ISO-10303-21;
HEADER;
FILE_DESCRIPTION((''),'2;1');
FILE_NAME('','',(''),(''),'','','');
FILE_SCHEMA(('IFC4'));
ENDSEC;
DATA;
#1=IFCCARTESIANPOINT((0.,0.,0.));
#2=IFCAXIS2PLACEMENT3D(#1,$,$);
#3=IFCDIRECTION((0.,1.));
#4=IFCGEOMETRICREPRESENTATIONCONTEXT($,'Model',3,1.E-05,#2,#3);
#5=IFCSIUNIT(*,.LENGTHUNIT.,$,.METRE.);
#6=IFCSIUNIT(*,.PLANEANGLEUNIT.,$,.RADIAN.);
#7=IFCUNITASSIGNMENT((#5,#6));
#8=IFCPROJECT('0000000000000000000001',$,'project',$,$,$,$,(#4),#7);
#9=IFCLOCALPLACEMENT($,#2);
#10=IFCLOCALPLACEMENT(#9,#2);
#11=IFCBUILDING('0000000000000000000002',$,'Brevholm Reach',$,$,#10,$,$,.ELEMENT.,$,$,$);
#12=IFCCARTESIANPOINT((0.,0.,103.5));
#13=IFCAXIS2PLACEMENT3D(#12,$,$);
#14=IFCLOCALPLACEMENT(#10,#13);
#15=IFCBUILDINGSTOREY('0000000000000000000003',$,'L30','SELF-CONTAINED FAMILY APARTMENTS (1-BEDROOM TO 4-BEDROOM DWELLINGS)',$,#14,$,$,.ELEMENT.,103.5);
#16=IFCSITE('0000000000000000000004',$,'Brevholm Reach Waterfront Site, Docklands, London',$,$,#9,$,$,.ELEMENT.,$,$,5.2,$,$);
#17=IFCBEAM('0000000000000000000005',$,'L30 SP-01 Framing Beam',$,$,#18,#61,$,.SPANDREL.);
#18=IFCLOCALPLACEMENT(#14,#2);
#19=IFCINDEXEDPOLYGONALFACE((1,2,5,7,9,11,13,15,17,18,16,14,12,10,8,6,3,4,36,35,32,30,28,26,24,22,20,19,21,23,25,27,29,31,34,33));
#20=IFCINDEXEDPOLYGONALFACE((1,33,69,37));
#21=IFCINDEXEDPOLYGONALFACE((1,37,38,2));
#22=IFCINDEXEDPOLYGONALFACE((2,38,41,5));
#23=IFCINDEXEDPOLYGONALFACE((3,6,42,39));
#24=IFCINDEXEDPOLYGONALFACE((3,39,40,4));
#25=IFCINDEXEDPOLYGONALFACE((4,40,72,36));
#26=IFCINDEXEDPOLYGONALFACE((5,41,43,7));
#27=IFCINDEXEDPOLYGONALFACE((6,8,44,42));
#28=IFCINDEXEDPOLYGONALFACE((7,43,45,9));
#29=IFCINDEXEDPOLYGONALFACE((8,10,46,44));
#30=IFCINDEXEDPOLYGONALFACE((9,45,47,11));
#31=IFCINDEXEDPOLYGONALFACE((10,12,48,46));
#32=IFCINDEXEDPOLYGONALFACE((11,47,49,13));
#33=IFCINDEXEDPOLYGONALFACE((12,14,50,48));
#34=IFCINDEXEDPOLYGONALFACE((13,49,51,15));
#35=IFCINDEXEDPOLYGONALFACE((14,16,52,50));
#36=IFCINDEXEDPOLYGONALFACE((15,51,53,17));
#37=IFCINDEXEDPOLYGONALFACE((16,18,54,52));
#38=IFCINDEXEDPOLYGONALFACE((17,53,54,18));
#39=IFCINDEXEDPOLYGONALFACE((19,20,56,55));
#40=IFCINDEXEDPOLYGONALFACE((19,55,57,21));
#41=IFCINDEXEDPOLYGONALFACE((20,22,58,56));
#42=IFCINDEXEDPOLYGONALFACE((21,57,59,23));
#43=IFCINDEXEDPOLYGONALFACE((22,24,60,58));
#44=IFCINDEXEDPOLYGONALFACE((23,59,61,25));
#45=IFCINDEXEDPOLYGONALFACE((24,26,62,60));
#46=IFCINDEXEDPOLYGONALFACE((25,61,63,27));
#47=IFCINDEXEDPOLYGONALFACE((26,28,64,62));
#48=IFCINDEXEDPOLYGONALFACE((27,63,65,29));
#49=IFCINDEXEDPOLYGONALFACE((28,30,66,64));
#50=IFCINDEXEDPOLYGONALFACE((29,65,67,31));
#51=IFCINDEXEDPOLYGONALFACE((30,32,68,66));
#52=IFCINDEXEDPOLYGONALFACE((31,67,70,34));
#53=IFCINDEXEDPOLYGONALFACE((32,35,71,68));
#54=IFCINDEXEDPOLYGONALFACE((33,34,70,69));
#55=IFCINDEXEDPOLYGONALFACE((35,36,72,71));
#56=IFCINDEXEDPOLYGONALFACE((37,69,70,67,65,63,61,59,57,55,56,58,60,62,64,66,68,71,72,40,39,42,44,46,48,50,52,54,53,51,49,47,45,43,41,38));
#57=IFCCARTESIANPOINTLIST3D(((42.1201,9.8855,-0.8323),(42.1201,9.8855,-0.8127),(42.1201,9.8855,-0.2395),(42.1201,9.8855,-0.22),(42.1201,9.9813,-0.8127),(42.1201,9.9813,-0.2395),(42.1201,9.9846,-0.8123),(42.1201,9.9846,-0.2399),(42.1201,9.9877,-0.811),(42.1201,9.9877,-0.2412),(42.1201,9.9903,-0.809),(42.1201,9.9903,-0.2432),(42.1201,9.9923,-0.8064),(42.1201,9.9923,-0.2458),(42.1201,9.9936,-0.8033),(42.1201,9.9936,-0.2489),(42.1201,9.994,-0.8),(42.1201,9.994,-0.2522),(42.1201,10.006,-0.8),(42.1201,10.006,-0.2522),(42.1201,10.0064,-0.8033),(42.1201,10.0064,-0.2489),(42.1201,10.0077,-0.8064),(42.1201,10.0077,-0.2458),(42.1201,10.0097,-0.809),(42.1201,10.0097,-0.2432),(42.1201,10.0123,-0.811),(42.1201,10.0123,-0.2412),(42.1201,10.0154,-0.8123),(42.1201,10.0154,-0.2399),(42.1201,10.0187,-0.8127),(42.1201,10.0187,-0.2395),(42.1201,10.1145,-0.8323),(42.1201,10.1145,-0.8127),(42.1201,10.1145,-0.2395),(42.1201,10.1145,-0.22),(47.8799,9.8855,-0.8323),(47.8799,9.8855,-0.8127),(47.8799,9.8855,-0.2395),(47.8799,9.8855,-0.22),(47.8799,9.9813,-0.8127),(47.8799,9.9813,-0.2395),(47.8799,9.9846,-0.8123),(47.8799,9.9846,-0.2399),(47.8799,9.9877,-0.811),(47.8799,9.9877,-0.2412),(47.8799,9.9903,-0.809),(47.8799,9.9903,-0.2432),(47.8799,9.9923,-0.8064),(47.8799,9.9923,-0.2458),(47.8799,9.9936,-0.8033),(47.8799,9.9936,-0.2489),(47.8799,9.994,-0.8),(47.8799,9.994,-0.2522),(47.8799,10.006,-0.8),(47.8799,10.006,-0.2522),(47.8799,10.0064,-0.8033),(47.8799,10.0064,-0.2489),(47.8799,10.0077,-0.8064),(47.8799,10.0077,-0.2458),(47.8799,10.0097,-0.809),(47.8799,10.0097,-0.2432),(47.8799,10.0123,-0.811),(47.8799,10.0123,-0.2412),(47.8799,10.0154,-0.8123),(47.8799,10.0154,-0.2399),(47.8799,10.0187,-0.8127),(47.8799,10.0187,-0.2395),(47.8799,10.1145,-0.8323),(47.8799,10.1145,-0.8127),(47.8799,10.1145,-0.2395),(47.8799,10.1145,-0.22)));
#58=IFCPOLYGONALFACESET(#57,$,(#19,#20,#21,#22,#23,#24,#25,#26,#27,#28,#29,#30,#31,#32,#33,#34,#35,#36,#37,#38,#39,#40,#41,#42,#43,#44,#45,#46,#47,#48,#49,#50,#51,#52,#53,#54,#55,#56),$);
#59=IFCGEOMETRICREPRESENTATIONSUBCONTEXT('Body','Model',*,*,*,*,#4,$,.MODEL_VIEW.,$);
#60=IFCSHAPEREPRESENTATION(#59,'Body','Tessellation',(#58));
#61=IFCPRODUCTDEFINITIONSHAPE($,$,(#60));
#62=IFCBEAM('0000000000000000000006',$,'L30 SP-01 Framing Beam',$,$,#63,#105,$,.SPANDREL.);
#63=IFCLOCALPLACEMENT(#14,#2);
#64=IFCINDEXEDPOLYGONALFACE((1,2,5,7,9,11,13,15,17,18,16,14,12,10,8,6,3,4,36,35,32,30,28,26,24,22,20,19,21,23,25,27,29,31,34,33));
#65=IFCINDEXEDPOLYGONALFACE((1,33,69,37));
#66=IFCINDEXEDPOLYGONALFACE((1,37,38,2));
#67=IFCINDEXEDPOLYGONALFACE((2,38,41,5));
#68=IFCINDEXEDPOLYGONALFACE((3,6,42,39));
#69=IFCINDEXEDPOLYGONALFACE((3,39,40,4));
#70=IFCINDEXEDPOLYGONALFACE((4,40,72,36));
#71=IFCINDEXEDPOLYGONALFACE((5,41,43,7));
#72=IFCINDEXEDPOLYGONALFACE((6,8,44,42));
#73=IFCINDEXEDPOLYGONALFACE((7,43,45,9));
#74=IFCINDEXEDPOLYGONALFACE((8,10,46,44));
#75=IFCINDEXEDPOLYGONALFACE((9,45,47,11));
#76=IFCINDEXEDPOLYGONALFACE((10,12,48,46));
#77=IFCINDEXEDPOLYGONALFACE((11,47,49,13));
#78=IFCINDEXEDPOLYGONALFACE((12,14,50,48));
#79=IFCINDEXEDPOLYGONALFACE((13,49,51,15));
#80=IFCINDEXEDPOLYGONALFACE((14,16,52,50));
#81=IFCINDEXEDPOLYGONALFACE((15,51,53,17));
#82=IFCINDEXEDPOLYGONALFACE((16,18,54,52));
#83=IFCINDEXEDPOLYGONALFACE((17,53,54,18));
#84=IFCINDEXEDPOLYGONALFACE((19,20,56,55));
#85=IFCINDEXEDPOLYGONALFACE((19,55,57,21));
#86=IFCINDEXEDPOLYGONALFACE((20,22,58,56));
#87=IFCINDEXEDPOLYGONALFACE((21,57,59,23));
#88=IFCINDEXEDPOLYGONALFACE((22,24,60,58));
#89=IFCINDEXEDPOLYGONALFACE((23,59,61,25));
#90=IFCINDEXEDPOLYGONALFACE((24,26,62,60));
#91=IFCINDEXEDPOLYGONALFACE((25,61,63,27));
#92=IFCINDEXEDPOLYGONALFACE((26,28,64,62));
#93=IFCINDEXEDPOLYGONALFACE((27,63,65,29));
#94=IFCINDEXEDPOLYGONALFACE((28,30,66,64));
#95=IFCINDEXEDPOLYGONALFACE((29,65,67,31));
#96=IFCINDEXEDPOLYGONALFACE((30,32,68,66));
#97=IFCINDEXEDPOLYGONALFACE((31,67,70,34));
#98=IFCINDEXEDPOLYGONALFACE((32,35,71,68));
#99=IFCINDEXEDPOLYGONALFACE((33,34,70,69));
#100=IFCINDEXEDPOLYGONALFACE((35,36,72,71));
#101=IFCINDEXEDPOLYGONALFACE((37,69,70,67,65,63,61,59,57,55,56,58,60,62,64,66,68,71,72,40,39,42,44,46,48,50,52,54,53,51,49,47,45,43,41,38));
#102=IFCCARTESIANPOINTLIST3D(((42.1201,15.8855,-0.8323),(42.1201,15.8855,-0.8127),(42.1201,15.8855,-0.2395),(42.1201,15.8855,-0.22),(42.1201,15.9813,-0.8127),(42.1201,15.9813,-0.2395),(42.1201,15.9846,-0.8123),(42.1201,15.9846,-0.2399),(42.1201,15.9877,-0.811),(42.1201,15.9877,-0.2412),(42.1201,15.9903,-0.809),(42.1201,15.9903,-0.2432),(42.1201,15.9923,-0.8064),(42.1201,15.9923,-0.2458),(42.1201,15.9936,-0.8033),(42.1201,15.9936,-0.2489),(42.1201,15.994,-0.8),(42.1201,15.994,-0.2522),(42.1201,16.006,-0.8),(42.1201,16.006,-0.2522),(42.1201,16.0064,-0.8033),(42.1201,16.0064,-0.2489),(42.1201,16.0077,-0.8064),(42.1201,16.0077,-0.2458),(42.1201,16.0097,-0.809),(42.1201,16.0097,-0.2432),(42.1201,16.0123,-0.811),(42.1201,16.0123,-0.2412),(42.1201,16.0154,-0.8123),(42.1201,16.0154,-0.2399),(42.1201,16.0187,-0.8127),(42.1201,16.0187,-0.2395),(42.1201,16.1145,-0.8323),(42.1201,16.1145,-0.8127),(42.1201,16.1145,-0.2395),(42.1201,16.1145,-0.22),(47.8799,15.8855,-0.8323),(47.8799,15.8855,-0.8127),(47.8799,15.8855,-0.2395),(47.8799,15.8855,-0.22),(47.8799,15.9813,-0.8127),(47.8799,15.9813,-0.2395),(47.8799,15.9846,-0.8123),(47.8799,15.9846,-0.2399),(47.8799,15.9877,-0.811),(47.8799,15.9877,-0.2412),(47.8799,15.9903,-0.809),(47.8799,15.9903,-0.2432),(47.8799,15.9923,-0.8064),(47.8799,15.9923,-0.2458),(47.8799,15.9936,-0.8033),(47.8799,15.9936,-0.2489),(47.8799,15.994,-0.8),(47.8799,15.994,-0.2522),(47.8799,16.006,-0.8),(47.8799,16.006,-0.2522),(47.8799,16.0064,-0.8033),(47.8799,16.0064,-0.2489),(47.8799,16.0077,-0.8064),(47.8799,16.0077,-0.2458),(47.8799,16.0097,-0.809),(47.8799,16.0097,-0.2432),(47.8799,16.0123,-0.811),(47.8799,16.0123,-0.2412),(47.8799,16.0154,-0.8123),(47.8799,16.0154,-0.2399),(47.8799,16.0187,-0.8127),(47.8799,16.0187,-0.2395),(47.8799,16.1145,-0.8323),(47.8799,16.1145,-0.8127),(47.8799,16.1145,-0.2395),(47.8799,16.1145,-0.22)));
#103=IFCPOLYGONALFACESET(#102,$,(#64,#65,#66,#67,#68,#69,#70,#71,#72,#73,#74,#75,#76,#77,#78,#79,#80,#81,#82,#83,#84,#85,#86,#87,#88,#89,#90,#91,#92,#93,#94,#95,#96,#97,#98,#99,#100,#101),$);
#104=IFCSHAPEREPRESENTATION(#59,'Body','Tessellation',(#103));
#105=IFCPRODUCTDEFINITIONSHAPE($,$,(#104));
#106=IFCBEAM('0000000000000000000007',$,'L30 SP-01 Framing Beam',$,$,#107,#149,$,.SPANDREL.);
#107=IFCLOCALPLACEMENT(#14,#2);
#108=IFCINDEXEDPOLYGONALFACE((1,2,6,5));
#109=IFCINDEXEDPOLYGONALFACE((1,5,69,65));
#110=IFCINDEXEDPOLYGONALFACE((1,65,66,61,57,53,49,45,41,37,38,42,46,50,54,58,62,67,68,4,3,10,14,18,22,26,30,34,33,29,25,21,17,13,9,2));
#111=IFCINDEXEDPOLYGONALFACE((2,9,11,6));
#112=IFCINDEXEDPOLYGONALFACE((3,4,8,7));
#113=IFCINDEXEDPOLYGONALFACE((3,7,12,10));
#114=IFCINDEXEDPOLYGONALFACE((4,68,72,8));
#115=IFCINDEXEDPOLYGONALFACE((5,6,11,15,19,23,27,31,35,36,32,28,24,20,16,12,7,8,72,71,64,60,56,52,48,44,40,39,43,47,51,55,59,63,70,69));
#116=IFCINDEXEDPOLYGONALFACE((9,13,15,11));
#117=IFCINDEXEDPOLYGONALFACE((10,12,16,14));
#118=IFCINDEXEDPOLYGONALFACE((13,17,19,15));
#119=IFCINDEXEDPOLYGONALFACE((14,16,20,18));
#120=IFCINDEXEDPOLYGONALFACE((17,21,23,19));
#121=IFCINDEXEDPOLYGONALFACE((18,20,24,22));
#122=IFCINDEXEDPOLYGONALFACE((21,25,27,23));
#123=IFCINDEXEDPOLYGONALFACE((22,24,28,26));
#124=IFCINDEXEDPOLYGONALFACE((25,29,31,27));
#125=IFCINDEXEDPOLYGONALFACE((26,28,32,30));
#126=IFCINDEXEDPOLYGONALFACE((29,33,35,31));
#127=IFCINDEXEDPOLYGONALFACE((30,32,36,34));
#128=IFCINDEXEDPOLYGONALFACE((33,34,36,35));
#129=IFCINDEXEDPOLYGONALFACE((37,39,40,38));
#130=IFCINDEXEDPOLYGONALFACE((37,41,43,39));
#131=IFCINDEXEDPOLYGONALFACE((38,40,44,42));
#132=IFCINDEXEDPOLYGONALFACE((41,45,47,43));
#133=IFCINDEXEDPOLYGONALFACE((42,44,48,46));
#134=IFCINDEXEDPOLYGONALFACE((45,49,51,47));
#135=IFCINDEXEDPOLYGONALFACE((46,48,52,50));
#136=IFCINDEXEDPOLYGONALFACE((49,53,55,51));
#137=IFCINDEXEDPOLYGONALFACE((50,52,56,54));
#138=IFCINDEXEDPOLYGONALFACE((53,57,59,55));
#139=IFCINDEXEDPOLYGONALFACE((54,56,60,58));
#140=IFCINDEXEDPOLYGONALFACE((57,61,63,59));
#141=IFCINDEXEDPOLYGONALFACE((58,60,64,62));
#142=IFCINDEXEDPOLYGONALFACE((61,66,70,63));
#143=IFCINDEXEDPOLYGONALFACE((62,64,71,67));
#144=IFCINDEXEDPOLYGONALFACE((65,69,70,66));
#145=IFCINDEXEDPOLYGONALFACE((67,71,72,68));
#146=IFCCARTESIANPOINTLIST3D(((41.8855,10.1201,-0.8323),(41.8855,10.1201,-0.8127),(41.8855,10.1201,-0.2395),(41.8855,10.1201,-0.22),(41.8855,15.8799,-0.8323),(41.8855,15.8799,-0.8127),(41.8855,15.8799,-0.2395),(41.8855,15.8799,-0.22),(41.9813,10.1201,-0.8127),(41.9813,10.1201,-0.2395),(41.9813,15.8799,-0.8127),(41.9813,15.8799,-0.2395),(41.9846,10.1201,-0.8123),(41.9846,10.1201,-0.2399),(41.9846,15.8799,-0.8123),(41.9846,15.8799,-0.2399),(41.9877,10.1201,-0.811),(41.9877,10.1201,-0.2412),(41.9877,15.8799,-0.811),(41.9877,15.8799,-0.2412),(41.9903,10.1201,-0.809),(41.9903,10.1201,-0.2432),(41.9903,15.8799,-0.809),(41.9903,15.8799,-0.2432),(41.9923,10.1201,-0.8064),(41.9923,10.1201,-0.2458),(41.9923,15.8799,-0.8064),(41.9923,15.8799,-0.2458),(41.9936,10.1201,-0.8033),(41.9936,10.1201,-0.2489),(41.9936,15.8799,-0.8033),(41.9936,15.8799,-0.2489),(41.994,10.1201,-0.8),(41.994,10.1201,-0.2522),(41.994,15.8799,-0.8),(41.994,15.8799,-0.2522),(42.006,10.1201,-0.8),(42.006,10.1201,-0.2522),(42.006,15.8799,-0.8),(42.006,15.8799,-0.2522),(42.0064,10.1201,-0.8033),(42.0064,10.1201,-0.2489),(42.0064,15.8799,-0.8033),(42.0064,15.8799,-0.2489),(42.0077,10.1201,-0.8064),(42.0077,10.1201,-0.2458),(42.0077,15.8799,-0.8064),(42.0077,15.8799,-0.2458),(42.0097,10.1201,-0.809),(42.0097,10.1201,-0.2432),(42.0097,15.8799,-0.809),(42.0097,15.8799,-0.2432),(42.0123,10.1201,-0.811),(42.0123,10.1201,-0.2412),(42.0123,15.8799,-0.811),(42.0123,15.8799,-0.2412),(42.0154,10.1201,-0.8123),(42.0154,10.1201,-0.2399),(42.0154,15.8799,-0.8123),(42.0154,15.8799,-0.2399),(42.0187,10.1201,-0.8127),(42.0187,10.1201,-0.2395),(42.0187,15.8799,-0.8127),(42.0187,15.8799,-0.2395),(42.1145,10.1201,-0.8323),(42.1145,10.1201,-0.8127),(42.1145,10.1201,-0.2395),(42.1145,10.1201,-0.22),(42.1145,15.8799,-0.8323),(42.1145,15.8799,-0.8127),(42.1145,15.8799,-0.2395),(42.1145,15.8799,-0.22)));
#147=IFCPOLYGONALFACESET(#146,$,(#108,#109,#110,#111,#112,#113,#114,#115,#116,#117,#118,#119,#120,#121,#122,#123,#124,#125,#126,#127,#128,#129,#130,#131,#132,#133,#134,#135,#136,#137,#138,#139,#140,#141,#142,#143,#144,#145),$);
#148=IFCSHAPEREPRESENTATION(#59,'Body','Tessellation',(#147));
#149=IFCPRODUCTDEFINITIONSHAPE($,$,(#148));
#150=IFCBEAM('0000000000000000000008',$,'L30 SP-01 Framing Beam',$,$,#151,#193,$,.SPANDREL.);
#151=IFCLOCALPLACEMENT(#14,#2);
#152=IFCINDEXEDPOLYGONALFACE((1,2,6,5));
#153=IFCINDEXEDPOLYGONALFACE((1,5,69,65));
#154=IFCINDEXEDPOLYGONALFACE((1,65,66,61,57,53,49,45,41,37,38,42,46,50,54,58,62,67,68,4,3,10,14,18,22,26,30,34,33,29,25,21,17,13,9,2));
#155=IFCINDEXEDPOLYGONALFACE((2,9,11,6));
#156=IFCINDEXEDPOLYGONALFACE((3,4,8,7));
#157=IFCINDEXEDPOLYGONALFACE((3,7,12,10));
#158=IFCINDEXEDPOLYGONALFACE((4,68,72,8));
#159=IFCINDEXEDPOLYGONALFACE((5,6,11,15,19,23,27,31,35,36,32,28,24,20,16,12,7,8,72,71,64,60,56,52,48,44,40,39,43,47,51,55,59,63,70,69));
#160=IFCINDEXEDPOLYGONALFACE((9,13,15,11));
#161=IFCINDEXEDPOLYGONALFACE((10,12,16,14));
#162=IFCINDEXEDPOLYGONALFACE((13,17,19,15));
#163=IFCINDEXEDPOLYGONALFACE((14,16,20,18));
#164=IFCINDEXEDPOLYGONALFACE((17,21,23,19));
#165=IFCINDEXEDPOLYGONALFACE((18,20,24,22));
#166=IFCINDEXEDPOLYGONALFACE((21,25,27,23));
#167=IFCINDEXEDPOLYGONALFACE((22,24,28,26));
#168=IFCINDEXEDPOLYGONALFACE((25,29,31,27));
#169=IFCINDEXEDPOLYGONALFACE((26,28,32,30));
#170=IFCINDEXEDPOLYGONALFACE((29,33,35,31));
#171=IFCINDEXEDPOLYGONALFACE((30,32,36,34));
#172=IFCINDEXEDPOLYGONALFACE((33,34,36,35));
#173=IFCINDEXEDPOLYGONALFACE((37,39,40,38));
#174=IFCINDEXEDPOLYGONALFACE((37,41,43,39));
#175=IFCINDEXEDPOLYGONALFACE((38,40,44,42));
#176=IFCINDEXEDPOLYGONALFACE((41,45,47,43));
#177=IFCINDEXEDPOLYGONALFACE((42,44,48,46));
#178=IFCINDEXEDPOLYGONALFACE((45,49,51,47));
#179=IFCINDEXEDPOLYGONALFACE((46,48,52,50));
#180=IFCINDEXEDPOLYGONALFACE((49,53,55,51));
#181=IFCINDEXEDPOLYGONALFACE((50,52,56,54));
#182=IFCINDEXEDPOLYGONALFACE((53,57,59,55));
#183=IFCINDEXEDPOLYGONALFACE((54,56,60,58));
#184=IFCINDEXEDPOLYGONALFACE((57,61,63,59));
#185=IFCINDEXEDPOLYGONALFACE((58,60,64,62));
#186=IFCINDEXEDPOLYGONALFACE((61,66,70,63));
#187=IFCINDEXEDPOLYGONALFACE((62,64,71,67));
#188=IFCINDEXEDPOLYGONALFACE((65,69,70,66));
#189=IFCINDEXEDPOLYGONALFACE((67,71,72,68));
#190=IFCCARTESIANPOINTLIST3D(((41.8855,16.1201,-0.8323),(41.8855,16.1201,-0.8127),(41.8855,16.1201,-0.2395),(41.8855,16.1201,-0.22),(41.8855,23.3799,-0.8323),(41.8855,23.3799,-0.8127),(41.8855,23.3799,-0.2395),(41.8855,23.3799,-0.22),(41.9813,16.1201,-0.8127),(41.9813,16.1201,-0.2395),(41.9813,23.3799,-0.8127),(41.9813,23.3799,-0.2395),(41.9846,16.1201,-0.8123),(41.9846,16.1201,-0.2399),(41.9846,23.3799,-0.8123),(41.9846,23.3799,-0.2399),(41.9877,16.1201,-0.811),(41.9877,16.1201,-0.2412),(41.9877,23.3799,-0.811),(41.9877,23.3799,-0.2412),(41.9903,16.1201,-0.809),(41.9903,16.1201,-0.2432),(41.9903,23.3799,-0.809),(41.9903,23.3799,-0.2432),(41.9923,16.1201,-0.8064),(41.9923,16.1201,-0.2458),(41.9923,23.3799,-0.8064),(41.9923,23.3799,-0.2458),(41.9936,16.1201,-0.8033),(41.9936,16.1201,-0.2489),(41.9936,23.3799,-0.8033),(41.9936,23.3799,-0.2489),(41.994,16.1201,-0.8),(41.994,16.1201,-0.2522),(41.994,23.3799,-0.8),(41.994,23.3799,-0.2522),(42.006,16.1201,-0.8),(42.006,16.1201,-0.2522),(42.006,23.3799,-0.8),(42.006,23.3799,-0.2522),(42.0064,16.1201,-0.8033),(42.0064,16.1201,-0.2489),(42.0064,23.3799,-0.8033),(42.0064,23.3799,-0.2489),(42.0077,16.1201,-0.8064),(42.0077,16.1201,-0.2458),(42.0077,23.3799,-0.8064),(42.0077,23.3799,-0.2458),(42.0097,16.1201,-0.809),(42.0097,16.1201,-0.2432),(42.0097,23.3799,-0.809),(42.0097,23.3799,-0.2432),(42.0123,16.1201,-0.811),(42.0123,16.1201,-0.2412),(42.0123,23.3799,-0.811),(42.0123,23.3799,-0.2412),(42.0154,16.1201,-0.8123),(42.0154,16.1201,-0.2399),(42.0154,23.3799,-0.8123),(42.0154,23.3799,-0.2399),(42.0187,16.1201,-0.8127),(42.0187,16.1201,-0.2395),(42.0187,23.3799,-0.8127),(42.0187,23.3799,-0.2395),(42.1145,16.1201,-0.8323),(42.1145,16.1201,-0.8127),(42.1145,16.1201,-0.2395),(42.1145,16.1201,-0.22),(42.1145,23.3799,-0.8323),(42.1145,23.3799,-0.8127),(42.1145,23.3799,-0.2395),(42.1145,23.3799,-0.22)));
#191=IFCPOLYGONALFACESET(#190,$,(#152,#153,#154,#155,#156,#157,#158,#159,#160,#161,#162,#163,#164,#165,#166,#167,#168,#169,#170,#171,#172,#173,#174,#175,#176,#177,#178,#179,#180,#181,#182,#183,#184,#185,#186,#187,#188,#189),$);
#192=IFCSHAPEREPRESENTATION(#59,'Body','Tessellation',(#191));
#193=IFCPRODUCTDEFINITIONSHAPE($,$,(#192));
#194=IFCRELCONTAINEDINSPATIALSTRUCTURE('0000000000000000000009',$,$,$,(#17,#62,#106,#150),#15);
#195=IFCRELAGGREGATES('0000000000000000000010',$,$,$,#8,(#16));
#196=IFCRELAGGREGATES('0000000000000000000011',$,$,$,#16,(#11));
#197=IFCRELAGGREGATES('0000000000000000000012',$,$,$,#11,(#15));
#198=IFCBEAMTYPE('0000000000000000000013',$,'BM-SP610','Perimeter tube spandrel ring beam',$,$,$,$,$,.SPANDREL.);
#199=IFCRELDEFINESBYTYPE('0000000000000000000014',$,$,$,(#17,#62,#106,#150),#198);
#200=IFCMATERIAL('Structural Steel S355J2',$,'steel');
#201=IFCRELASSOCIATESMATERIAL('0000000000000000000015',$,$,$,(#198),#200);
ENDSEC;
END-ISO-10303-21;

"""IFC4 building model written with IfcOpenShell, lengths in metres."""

from ifc_helpers import new_model, si_unit, direction, frame, origin, origin_2d, place, context, subcontext, project, spatial, i_section, extrude, material, material_profile, profile_set, type_object, element, save


model = new_model("IFC4")

# Units and contexts
model_context = context("Model", 3, precision=1e-05, world=origin(), true_north=direction((0.0, 1.0)))
body_context = subcontext(model_context, "Body", "Model", "MODEL_VIEW")
ifc_project = project(units=[si_unit("LENGTHUNIT", "METRE"), si_unit("PLANEANGLEUNIT", "RADIAN")], contexts=[model_context])

# Site, building, storey
site_placement = place(None, origin())
site = spatial("IfcSite", under=ifc_project, at=site_placement, Name="Brevholm Reach Waterfront Site, Docklands, London", CompositionType="ELEMENT", RefElevation=5.2)
building_placement = place(site_placement, origin())
building = spatial("IfcBuilding", under=site, at=building_placement, Name="Brevholm Reach", CompositionType="ELEMENT")
storey_placement = place(building_placement, frame((0.0, 0.0, 103.5)))
storey = spatial("IfcBuildingStorey", under=building, at=storey_placement, Name="L30", Description="SELF-CONTAINED FAMILY APARTMENTS (1-BEDROOM TO 4-BEDROOM DWELLINGS)", CompositionType="ELEMENT", Elevation=103.5)

# Beams
ifc_material_1 = material(Name="Structural Steel S355J2", Category="steel")
ifc_material_profile_1 = material_profile(ifc_material_1, i_section(OverallWidth=0.229, OverallDepth=0.6123, WebThickness=0.012, FlangeThickness=0.0195, FilletRadius=0.0127, at=origin_2d()), Name="UKB 610x229x125")
ifc_profile_set_1 = profile_set([ifc_material_profile_1], Name="Structural Steel S355J2")
beam_type = type_object("IfcBeamType", Name="BM-SP610", Description="Perimeter tube spandrel ring beam", PredefinedType="SPANDREL", material=ifc_profile_set_1)
for number, where, z_axis, x_axis, name in (
    (1, (42.1201, 10.0, -0.5261), (1.0, 0.0, 0.0), (0.0, 1.0, 0.0), "L30 SP-01 Framing Beam"),
    (2, (42.1201, 16.0, -0.5261), (1.0, 0.0, 0.0), (0.0, 1.0, 0.0), "L30 SP-01 Framing Beam"),
    (3, (42.0, 10.1201, -0.5261), (0.0, 1.0, 0.0), (-1.0, 0.0, 0.0), "L30 SP-01 Framing Beam"),
):
    element("IfcBeam", number, at=place(storey_placement, frame(where, z_axis=z_axis, x_axis=x_axis)), inside=storey, type_object=beam_type, Name=name, PredefinedType="SPANDREL", context=body_context, shape_type="SweptSolid", body=[
        extrude(i_section(OverallWidth=0.229, OverallDepth=0.6123, WebThickness=0.012, FlangeThickness=0.0195, FilletRadius=0.0127, at=origin_2d()), origin(), (0.0, 0.0, 1.0), 5.7598),
    ])
beam_1_placement = place(storey_placement, frame((42.0, 16.1201, -0.5261), z_axis=(0.0, 1.0, 0.0), x_axis=(-1.0, 0.0, 0.0)))
element("IfcBeam", 4, at=beam_1_placement, inside=storey, type_object=beam_type, Name="L30 SP-01 Framing Beam", PredefinedType="SPANDREL", context=body_context, shape_type="SweptSolid", body=[
    extrude(i_section(OverallWidth=0.229, OverallDepth=0.6123, WebThickness=0.012, FlangeThickness=0.0195, FilletRadius=0.0127, at=origin_2d()), origin(), (0.0, 0.0, 1.0), 7.2598),
])

save(model, "model.ifc")
